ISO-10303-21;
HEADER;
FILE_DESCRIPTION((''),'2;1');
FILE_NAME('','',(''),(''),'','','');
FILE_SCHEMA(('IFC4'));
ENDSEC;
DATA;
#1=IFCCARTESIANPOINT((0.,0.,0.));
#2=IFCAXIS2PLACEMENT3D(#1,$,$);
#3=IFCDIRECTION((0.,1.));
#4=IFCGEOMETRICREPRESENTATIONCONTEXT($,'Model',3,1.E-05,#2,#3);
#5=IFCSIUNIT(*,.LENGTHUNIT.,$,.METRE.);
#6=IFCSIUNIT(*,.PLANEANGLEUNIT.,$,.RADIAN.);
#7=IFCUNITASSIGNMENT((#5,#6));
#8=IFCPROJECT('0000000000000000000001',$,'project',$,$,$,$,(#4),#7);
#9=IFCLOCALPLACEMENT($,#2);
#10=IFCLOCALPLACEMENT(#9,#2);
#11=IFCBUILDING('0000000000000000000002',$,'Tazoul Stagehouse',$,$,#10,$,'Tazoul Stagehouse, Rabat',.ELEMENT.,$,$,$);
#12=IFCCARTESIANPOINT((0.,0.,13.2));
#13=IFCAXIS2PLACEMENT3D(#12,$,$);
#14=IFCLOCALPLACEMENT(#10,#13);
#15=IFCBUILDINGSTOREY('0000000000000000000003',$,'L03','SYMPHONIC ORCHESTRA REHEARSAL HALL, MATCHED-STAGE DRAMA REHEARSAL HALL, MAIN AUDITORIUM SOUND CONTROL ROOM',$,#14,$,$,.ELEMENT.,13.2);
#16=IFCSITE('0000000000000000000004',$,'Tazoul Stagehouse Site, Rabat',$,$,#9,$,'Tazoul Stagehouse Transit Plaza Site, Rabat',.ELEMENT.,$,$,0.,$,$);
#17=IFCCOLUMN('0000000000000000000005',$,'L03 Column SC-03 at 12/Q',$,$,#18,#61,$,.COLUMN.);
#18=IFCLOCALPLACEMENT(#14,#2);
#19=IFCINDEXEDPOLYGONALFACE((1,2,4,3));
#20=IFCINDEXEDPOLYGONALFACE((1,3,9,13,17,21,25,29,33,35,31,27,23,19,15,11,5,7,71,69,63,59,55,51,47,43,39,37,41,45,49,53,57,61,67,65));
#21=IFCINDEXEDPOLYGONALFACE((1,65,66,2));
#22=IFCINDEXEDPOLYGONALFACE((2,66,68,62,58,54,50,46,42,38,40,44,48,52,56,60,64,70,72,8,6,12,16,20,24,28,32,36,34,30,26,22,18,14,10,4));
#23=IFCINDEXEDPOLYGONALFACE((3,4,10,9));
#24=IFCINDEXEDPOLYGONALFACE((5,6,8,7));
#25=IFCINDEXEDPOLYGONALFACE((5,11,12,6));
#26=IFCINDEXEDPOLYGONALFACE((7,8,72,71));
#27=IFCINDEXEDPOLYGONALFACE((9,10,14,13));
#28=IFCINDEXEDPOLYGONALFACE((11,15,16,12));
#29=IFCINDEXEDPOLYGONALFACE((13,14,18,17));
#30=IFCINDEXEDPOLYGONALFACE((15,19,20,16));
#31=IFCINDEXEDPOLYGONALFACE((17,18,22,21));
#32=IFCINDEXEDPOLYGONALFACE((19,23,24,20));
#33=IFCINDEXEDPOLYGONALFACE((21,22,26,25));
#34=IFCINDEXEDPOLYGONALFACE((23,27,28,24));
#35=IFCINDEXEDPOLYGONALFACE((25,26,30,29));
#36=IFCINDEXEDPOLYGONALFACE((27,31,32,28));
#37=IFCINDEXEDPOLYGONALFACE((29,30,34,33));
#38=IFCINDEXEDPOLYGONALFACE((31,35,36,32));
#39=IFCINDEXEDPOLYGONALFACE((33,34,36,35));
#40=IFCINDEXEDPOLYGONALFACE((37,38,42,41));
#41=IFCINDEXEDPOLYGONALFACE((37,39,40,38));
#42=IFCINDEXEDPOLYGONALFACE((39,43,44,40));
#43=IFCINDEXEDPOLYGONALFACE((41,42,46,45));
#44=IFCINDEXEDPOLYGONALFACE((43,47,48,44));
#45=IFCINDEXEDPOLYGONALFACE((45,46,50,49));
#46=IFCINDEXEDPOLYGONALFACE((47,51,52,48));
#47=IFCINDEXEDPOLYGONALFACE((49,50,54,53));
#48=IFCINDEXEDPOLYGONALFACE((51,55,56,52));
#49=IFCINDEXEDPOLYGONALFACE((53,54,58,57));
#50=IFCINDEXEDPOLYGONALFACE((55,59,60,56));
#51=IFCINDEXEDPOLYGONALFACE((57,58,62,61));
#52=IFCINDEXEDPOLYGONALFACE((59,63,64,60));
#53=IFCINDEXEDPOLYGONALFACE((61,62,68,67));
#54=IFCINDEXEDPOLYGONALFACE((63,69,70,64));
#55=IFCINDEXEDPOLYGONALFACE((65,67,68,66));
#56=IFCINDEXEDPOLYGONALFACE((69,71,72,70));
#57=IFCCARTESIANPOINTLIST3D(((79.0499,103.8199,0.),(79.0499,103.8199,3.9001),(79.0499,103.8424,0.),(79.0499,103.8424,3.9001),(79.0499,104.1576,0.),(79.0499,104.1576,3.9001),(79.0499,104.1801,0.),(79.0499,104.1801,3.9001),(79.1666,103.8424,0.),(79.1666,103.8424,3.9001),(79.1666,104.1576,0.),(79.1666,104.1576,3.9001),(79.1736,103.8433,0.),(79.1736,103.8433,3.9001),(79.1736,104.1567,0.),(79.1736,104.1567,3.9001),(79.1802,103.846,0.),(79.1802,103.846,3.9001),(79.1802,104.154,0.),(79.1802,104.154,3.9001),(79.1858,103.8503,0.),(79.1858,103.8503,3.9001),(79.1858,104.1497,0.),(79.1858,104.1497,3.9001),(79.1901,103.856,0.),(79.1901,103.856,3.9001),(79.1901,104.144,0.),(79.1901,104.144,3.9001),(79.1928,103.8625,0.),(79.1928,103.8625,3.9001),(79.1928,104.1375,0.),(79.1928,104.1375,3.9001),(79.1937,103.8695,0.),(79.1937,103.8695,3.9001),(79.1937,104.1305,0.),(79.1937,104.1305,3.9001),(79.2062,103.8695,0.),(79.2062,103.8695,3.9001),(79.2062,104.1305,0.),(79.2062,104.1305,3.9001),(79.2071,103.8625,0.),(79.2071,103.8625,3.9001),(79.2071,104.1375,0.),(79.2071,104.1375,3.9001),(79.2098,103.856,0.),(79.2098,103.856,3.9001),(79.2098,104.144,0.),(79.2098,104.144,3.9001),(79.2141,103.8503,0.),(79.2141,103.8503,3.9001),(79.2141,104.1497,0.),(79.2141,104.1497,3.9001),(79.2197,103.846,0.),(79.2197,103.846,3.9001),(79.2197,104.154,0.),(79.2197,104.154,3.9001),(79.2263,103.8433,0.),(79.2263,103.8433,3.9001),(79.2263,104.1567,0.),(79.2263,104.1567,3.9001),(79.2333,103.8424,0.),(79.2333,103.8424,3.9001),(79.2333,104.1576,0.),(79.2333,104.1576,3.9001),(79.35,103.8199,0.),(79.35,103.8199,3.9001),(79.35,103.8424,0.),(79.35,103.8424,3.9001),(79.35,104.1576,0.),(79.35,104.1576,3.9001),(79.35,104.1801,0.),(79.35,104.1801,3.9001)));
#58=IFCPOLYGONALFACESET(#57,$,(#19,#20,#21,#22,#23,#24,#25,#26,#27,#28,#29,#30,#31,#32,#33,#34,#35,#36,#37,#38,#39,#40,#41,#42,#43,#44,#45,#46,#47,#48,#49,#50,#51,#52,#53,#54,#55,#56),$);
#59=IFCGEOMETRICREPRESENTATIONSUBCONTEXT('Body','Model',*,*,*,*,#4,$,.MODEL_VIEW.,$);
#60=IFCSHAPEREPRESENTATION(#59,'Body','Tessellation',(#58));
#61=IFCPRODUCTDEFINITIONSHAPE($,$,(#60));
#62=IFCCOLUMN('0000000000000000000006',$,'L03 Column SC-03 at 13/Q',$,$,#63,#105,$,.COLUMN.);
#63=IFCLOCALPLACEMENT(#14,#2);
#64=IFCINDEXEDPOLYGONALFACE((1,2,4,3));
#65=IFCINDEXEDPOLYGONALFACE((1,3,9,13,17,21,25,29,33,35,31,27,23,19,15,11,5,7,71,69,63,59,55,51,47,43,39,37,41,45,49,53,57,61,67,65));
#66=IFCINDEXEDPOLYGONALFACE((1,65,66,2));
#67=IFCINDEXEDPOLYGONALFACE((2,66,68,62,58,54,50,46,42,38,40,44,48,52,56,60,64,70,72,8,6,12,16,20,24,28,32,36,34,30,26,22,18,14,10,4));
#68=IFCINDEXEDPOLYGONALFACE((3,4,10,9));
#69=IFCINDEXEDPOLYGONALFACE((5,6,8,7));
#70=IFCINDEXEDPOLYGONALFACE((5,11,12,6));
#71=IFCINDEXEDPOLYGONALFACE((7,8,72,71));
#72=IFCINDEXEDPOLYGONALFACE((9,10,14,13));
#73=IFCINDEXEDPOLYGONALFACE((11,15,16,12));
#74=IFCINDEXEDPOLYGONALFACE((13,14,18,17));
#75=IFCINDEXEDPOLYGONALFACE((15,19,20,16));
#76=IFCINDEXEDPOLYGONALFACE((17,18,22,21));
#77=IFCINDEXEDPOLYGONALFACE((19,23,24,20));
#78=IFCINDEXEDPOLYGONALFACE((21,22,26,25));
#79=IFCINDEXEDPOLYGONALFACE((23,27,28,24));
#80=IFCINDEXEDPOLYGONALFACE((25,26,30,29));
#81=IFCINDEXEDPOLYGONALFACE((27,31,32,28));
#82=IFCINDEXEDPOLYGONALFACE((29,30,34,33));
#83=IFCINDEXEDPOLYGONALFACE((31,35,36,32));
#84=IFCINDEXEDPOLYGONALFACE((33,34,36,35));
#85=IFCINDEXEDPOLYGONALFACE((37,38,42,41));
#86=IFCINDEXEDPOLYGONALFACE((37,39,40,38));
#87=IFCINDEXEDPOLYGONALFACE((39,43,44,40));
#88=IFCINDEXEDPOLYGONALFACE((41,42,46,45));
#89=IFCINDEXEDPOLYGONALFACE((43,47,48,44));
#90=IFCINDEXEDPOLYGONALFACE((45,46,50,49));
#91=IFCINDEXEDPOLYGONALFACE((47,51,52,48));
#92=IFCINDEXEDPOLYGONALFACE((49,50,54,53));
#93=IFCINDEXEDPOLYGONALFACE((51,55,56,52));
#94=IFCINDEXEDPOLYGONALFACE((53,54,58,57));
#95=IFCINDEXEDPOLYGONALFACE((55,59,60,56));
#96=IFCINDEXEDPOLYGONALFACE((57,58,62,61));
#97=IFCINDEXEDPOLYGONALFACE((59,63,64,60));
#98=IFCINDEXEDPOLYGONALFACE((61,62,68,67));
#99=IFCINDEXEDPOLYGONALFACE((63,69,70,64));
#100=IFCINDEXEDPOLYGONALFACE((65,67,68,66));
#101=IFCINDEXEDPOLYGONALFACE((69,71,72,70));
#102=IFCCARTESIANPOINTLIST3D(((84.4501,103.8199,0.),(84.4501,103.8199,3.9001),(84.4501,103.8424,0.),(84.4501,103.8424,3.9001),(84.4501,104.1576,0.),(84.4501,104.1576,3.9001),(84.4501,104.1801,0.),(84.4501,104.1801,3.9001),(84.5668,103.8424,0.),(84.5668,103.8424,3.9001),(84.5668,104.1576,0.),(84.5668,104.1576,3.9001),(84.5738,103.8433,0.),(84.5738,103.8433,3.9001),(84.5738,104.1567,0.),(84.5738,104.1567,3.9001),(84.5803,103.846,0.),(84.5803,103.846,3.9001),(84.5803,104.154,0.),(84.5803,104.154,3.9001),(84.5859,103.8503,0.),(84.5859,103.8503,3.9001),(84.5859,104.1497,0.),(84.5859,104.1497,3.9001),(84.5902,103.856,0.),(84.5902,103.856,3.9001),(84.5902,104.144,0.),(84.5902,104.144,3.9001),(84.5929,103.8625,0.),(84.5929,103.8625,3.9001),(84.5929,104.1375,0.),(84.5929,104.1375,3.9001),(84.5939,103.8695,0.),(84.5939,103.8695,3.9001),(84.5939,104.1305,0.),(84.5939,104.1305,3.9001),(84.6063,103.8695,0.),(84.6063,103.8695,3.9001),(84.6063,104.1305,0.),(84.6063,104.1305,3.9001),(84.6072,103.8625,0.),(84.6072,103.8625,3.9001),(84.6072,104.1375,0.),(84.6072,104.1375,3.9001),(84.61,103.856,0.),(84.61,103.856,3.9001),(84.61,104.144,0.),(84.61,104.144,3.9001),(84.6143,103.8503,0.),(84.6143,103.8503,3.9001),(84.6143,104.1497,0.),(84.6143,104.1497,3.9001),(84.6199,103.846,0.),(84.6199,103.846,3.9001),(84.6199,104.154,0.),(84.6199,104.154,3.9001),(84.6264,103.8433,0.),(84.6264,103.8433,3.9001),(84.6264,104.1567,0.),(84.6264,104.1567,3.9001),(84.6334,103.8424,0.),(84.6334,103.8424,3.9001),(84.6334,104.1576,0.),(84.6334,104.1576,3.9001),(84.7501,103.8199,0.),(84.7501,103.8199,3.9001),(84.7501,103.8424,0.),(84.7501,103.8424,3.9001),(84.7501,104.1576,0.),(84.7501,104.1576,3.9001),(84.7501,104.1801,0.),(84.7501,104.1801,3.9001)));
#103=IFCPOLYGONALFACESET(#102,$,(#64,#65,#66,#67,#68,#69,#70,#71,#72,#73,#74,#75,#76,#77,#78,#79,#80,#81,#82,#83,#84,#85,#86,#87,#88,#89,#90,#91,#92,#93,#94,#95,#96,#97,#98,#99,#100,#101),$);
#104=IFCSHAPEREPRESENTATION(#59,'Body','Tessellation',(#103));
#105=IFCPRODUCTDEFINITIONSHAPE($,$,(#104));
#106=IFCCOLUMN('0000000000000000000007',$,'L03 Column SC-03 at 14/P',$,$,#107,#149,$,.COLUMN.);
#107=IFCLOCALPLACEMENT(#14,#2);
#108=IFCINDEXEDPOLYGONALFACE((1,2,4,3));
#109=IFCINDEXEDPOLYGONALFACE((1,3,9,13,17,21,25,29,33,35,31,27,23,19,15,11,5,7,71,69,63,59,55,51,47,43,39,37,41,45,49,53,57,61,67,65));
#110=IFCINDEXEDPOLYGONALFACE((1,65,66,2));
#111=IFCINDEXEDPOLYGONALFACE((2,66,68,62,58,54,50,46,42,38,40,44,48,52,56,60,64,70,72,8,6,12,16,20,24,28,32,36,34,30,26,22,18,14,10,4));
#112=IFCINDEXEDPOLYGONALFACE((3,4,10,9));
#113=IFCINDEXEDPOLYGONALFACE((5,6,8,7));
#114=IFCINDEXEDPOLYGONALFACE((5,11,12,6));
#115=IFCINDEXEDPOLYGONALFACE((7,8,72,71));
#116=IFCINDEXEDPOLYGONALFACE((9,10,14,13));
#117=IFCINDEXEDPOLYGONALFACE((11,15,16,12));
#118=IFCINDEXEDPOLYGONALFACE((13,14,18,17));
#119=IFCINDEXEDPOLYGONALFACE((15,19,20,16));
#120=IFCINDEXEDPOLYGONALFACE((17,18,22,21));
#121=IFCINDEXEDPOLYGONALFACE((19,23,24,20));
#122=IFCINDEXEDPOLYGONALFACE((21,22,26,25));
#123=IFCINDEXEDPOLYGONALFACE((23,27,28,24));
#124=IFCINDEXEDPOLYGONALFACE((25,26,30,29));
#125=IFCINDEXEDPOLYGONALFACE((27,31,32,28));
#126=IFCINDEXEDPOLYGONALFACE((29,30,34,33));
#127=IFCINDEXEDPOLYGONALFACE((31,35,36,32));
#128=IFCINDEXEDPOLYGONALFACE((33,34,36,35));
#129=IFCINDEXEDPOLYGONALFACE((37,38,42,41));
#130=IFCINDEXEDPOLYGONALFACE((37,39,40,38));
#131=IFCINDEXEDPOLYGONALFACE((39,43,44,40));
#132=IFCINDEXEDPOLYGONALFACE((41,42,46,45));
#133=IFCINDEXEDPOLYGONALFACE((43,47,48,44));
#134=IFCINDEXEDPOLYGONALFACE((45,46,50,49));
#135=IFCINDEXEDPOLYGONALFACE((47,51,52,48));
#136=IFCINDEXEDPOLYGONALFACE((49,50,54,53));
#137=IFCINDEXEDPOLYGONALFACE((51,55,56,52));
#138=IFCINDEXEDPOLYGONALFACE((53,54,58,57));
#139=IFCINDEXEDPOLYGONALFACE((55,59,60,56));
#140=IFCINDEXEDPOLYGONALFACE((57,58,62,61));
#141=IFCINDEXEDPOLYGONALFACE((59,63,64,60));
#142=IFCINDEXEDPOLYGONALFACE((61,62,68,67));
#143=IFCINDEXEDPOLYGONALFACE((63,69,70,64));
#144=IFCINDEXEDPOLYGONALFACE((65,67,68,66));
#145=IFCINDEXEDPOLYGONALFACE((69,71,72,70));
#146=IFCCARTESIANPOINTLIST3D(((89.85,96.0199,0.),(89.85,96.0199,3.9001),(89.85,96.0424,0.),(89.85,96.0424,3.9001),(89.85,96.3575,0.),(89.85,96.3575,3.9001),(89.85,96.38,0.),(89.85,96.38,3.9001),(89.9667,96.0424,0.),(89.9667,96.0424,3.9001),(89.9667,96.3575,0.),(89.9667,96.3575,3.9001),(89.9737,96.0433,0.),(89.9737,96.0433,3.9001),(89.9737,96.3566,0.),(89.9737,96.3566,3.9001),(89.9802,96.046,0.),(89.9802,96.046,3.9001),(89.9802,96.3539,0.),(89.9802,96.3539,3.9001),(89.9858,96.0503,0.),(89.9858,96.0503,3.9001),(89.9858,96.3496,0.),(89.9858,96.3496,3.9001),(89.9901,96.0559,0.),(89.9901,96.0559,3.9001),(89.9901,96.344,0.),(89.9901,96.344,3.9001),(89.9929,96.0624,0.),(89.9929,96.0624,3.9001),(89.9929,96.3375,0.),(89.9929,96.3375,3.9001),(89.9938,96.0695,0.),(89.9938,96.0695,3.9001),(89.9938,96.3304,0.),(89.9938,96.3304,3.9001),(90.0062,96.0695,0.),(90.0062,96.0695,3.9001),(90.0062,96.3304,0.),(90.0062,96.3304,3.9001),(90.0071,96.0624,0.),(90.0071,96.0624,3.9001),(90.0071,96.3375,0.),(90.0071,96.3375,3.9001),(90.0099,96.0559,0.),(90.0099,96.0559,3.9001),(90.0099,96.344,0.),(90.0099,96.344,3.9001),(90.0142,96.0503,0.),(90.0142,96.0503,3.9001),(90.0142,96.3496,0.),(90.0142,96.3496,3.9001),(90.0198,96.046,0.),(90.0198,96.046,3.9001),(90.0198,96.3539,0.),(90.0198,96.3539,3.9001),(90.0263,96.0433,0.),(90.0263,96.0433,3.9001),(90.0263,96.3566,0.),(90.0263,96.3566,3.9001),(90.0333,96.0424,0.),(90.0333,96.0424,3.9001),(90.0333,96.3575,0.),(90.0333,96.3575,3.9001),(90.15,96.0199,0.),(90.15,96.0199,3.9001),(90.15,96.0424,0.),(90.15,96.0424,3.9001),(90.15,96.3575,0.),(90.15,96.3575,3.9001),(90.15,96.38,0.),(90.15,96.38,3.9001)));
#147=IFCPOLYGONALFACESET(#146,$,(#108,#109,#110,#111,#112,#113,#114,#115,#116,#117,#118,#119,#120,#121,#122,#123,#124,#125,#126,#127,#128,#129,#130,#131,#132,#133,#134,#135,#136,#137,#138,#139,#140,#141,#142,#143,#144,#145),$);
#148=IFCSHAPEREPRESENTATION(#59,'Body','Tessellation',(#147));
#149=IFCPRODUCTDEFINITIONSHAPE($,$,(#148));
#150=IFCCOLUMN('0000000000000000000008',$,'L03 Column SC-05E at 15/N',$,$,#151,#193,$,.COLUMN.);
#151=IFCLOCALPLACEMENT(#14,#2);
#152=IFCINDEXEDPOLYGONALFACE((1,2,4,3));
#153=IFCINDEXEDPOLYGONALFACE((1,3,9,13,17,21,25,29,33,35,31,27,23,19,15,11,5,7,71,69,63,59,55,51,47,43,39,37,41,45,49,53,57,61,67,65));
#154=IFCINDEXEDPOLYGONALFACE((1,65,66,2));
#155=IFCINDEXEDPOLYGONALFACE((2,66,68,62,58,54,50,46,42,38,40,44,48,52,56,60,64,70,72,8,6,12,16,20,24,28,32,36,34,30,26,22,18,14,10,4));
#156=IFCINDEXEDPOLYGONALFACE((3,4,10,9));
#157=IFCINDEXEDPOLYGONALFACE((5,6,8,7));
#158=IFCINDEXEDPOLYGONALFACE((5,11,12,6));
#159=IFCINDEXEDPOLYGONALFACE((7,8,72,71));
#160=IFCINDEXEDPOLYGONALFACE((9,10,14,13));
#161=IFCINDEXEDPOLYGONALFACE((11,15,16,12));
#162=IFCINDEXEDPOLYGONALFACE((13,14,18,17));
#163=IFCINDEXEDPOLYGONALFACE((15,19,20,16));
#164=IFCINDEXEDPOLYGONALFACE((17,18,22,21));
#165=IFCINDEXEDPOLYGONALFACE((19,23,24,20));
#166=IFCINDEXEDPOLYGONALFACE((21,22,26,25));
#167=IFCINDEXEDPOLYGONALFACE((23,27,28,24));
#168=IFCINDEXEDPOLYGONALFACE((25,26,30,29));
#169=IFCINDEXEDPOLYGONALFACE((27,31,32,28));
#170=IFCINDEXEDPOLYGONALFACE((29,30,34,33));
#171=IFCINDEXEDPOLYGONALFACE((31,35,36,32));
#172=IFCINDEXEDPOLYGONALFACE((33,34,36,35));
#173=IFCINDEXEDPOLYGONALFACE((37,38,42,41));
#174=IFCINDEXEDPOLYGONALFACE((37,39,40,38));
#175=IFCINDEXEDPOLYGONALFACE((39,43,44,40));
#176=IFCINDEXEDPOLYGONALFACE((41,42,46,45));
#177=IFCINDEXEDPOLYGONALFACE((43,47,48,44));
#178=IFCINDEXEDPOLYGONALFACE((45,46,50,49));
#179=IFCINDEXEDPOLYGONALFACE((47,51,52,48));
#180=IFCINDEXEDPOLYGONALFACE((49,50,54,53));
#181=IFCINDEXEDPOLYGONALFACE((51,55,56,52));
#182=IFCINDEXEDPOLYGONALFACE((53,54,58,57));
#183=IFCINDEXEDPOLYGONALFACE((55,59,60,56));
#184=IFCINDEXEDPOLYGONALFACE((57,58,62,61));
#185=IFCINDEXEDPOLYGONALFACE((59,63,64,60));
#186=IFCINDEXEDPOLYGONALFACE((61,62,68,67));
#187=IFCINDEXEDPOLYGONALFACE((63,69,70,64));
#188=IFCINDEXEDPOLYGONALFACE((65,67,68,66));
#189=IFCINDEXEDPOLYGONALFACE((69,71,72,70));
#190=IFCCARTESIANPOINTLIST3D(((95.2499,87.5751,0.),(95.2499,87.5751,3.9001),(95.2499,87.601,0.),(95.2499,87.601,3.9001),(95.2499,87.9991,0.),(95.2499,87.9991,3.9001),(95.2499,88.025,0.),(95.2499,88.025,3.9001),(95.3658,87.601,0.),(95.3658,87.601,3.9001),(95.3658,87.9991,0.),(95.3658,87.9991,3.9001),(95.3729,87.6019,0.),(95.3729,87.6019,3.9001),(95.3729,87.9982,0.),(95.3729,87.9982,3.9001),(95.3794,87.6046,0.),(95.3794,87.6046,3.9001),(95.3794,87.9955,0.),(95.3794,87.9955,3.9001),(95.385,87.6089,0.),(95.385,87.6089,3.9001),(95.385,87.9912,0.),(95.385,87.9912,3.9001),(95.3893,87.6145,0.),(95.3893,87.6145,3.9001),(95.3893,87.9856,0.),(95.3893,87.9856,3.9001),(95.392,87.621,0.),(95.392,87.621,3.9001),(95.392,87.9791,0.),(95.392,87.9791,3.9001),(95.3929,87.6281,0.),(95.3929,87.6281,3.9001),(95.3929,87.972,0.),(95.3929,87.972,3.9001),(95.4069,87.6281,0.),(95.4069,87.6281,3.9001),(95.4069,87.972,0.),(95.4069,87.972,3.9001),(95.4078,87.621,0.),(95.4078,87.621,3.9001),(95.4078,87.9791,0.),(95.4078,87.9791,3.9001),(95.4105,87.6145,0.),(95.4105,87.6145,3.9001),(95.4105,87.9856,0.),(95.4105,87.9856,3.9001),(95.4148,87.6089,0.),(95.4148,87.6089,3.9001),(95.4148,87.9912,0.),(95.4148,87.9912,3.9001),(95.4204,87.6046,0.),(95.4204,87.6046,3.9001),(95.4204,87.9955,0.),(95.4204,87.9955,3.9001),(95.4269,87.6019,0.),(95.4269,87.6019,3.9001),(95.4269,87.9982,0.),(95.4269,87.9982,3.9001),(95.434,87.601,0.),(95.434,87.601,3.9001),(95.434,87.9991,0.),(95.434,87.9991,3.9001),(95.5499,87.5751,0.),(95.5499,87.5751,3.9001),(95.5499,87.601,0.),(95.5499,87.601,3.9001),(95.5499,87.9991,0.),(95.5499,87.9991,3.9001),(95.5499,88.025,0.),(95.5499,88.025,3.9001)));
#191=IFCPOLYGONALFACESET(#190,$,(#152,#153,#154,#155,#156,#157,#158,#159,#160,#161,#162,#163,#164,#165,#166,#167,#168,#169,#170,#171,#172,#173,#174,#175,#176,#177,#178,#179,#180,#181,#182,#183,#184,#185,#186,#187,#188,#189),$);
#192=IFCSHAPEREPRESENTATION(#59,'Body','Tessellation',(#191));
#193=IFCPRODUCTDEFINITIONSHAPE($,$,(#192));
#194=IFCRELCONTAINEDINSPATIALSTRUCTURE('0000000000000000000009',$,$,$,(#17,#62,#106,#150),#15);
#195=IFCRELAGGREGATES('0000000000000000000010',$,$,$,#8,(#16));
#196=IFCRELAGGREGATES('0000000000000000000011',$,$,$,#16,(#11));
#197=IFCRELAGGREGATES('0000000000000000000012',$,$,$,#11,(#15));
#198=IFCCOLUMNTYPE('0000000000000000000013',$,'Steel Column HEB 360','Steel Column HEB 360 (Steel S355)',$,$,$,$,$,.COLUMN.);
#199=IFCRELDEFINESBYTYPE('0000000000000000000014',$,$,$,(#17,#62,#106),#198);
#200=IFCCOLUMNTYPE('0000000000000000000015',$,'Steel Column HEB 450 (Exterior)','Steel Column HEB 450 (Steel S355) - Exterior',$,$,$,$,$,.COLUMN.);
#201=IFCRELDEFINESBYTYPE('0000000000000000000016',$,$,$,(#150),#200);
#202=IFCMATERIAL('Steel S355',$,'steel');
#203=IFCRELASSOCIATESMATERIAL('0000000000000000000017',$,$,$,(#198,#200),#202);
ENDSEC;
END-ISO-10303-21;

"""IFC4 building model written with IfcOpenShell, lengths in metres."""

from ifc_helpers import new_model, si_unit, direction, frame, origin, origin_2d, place, context, subcontext, project, spatial, i_section, extrude, material, material_profile, profile_set, type_object, element, save


model = new_model("IFC4")

# Units and contexts
model_context = context("Model", 3, precision=1e-05, world=origin(), true_north=direction((0.0, 1.0)))
body_context = subcontext(model_context, "Body", "Model", "MODEL_VIEW")
ifc_project = project(units=[si_unit("LENGTHUNIT", "METRE"), si_unit("PLANEANGLEUNIT", "RADIAN")], contexts=[model_context])

# Site, building, storey
site_placement = place(None, origin())
site = spatial("IfcSite", under=ifc_project, at=site_placement, Name="Tazoul Stagehouse Site, Rabat", LongName="Tazoul Stagehouse Transit Plaza Site, Rabat", CompositionType="ELEMENT", RefElevation=0.0)
building_placement = place(site_placement, origin())
building = spatial("IfcBuilding", under=site, at=building_placement, Name="Tazoul Stagehouse", LongName="Tazoul Stagehouse, Rabat", CompositionType="ELEMENT")
storey_placement = place(building_placement, frame((0.0, 0.0, 13.2)))
storey = spatial("IfcBuildingStorey", under=building, at=storey_placement, Name="L03", Description="SYMPHONIC ORCHESTRA REHEARSAL HALL, MATCHED-STAGE DRAMA REHEARSAL HALL, MAIN AUDITORIUM SOUND CONTROL ROOM", CompositionType="ELEMENT", Elevation=13.2)

# Columns
ifc_material_1 = material(Name="Steel S355", Category="steel")
ifc_material_profile_1 = material_profile(ifc_material_1, i_section(OverallWidth=0.3, OverallDepth=0.3601, WebThickness=0.0125, FlangeThickness=0.0225, FilletRadius=0.0271, at=origin_2d()), Name="HEB 360")
ifc_profile_set_1 = profile_set([ifc_material_profile_1], Name="Steel S355")
column_type_1 = type_object("IfcColumnType", Name="Steel Column HEB 360", Description="Steel Column HEB 360 (Steel S355)", PredefinedType="COLUMN", material=ifc_profile_set_1)
for number, where, z_axis, x_axis, name in (
    (1, (79.2, 104.0, 0.0), (0.0, 0.0, 1.0), (1.0, 0.0, 0.0), "L03 Column SC-03 at 12/Q"),
    (2, (84.6001, 104.0, 0.0), (0.0, 0.0, 1.0), (1.0, 0.0, 0.0), "L03 Column SC-03 at 13/Q"),
    (3, (90.0, 96.2, 0.0), (0.0, 0.0, 1.0), (1.0, 0.0, 0.0), "L03 Column SC-03 at 14/P"),
):
    element("IfcColumn", number, at=place(storey_placement, frame(where, z_axis=z_axis, x_axis=x_axis)), inside=storey, type_object=column_type_1, Name=name, PredefinedType="COLUMN", context=body_context, shape_type="SweptSolid", body=[
        extrude(i_section(OverallWidth=0.3, OverallDepth=0.3601, WebThickness=0.0125, FlangeThickness=0.0225, FilletRadius=0.0271, at=origin_2d()), origin(), (0.0, 0.0, 1.0), 3.9001),
    ])
ifc_material_profile_2 = material_profile(ifc_material_1, i_section(OverallWidth=0.3, OverallDepth=0.45, WebThickness=0.0139, FlangeThickness=0.0259, FilletRadius=0.0271, at=origin_2d()), Name="HEB 450")
ifc_profile_set_2 = profile_set([ifc_material_profile_2], Name="Steel S355")
column_type_2 = type_object("IfcColumnType", Name="Steel Column HEB 450 (Exterior)", Description="Steel Column HEB 450 (Steel S355) - Exterior", PredefinedType="COLUMN", material=ifc_profile_set_2)
column_placement = place(storey_placement, frame((95.3999, 87.8, 0.0), z_axis=(0.0, 0.0, 1.0), x_axis=(1.0, 0.0, 0.0)))
element("IfcColumn", 4, at=column_placement, inside=storey, type_object=column_type_2, Name="L03 Column SC-05E at 15/N", PredefinedType="COLUMN", context=body_context, shape_type="SweptSolid", body=[
    extrude(i_section(OverallWidth=0.3, OverallDepth=0.45, WebThickness=0.0139, FlangeThickness=0.0259, FilletRadius=0.0271, at=origin_2d()), origin(), (0.0, 0.0, 1.0), 3.9001),
])

save(model, "model.ifc")
